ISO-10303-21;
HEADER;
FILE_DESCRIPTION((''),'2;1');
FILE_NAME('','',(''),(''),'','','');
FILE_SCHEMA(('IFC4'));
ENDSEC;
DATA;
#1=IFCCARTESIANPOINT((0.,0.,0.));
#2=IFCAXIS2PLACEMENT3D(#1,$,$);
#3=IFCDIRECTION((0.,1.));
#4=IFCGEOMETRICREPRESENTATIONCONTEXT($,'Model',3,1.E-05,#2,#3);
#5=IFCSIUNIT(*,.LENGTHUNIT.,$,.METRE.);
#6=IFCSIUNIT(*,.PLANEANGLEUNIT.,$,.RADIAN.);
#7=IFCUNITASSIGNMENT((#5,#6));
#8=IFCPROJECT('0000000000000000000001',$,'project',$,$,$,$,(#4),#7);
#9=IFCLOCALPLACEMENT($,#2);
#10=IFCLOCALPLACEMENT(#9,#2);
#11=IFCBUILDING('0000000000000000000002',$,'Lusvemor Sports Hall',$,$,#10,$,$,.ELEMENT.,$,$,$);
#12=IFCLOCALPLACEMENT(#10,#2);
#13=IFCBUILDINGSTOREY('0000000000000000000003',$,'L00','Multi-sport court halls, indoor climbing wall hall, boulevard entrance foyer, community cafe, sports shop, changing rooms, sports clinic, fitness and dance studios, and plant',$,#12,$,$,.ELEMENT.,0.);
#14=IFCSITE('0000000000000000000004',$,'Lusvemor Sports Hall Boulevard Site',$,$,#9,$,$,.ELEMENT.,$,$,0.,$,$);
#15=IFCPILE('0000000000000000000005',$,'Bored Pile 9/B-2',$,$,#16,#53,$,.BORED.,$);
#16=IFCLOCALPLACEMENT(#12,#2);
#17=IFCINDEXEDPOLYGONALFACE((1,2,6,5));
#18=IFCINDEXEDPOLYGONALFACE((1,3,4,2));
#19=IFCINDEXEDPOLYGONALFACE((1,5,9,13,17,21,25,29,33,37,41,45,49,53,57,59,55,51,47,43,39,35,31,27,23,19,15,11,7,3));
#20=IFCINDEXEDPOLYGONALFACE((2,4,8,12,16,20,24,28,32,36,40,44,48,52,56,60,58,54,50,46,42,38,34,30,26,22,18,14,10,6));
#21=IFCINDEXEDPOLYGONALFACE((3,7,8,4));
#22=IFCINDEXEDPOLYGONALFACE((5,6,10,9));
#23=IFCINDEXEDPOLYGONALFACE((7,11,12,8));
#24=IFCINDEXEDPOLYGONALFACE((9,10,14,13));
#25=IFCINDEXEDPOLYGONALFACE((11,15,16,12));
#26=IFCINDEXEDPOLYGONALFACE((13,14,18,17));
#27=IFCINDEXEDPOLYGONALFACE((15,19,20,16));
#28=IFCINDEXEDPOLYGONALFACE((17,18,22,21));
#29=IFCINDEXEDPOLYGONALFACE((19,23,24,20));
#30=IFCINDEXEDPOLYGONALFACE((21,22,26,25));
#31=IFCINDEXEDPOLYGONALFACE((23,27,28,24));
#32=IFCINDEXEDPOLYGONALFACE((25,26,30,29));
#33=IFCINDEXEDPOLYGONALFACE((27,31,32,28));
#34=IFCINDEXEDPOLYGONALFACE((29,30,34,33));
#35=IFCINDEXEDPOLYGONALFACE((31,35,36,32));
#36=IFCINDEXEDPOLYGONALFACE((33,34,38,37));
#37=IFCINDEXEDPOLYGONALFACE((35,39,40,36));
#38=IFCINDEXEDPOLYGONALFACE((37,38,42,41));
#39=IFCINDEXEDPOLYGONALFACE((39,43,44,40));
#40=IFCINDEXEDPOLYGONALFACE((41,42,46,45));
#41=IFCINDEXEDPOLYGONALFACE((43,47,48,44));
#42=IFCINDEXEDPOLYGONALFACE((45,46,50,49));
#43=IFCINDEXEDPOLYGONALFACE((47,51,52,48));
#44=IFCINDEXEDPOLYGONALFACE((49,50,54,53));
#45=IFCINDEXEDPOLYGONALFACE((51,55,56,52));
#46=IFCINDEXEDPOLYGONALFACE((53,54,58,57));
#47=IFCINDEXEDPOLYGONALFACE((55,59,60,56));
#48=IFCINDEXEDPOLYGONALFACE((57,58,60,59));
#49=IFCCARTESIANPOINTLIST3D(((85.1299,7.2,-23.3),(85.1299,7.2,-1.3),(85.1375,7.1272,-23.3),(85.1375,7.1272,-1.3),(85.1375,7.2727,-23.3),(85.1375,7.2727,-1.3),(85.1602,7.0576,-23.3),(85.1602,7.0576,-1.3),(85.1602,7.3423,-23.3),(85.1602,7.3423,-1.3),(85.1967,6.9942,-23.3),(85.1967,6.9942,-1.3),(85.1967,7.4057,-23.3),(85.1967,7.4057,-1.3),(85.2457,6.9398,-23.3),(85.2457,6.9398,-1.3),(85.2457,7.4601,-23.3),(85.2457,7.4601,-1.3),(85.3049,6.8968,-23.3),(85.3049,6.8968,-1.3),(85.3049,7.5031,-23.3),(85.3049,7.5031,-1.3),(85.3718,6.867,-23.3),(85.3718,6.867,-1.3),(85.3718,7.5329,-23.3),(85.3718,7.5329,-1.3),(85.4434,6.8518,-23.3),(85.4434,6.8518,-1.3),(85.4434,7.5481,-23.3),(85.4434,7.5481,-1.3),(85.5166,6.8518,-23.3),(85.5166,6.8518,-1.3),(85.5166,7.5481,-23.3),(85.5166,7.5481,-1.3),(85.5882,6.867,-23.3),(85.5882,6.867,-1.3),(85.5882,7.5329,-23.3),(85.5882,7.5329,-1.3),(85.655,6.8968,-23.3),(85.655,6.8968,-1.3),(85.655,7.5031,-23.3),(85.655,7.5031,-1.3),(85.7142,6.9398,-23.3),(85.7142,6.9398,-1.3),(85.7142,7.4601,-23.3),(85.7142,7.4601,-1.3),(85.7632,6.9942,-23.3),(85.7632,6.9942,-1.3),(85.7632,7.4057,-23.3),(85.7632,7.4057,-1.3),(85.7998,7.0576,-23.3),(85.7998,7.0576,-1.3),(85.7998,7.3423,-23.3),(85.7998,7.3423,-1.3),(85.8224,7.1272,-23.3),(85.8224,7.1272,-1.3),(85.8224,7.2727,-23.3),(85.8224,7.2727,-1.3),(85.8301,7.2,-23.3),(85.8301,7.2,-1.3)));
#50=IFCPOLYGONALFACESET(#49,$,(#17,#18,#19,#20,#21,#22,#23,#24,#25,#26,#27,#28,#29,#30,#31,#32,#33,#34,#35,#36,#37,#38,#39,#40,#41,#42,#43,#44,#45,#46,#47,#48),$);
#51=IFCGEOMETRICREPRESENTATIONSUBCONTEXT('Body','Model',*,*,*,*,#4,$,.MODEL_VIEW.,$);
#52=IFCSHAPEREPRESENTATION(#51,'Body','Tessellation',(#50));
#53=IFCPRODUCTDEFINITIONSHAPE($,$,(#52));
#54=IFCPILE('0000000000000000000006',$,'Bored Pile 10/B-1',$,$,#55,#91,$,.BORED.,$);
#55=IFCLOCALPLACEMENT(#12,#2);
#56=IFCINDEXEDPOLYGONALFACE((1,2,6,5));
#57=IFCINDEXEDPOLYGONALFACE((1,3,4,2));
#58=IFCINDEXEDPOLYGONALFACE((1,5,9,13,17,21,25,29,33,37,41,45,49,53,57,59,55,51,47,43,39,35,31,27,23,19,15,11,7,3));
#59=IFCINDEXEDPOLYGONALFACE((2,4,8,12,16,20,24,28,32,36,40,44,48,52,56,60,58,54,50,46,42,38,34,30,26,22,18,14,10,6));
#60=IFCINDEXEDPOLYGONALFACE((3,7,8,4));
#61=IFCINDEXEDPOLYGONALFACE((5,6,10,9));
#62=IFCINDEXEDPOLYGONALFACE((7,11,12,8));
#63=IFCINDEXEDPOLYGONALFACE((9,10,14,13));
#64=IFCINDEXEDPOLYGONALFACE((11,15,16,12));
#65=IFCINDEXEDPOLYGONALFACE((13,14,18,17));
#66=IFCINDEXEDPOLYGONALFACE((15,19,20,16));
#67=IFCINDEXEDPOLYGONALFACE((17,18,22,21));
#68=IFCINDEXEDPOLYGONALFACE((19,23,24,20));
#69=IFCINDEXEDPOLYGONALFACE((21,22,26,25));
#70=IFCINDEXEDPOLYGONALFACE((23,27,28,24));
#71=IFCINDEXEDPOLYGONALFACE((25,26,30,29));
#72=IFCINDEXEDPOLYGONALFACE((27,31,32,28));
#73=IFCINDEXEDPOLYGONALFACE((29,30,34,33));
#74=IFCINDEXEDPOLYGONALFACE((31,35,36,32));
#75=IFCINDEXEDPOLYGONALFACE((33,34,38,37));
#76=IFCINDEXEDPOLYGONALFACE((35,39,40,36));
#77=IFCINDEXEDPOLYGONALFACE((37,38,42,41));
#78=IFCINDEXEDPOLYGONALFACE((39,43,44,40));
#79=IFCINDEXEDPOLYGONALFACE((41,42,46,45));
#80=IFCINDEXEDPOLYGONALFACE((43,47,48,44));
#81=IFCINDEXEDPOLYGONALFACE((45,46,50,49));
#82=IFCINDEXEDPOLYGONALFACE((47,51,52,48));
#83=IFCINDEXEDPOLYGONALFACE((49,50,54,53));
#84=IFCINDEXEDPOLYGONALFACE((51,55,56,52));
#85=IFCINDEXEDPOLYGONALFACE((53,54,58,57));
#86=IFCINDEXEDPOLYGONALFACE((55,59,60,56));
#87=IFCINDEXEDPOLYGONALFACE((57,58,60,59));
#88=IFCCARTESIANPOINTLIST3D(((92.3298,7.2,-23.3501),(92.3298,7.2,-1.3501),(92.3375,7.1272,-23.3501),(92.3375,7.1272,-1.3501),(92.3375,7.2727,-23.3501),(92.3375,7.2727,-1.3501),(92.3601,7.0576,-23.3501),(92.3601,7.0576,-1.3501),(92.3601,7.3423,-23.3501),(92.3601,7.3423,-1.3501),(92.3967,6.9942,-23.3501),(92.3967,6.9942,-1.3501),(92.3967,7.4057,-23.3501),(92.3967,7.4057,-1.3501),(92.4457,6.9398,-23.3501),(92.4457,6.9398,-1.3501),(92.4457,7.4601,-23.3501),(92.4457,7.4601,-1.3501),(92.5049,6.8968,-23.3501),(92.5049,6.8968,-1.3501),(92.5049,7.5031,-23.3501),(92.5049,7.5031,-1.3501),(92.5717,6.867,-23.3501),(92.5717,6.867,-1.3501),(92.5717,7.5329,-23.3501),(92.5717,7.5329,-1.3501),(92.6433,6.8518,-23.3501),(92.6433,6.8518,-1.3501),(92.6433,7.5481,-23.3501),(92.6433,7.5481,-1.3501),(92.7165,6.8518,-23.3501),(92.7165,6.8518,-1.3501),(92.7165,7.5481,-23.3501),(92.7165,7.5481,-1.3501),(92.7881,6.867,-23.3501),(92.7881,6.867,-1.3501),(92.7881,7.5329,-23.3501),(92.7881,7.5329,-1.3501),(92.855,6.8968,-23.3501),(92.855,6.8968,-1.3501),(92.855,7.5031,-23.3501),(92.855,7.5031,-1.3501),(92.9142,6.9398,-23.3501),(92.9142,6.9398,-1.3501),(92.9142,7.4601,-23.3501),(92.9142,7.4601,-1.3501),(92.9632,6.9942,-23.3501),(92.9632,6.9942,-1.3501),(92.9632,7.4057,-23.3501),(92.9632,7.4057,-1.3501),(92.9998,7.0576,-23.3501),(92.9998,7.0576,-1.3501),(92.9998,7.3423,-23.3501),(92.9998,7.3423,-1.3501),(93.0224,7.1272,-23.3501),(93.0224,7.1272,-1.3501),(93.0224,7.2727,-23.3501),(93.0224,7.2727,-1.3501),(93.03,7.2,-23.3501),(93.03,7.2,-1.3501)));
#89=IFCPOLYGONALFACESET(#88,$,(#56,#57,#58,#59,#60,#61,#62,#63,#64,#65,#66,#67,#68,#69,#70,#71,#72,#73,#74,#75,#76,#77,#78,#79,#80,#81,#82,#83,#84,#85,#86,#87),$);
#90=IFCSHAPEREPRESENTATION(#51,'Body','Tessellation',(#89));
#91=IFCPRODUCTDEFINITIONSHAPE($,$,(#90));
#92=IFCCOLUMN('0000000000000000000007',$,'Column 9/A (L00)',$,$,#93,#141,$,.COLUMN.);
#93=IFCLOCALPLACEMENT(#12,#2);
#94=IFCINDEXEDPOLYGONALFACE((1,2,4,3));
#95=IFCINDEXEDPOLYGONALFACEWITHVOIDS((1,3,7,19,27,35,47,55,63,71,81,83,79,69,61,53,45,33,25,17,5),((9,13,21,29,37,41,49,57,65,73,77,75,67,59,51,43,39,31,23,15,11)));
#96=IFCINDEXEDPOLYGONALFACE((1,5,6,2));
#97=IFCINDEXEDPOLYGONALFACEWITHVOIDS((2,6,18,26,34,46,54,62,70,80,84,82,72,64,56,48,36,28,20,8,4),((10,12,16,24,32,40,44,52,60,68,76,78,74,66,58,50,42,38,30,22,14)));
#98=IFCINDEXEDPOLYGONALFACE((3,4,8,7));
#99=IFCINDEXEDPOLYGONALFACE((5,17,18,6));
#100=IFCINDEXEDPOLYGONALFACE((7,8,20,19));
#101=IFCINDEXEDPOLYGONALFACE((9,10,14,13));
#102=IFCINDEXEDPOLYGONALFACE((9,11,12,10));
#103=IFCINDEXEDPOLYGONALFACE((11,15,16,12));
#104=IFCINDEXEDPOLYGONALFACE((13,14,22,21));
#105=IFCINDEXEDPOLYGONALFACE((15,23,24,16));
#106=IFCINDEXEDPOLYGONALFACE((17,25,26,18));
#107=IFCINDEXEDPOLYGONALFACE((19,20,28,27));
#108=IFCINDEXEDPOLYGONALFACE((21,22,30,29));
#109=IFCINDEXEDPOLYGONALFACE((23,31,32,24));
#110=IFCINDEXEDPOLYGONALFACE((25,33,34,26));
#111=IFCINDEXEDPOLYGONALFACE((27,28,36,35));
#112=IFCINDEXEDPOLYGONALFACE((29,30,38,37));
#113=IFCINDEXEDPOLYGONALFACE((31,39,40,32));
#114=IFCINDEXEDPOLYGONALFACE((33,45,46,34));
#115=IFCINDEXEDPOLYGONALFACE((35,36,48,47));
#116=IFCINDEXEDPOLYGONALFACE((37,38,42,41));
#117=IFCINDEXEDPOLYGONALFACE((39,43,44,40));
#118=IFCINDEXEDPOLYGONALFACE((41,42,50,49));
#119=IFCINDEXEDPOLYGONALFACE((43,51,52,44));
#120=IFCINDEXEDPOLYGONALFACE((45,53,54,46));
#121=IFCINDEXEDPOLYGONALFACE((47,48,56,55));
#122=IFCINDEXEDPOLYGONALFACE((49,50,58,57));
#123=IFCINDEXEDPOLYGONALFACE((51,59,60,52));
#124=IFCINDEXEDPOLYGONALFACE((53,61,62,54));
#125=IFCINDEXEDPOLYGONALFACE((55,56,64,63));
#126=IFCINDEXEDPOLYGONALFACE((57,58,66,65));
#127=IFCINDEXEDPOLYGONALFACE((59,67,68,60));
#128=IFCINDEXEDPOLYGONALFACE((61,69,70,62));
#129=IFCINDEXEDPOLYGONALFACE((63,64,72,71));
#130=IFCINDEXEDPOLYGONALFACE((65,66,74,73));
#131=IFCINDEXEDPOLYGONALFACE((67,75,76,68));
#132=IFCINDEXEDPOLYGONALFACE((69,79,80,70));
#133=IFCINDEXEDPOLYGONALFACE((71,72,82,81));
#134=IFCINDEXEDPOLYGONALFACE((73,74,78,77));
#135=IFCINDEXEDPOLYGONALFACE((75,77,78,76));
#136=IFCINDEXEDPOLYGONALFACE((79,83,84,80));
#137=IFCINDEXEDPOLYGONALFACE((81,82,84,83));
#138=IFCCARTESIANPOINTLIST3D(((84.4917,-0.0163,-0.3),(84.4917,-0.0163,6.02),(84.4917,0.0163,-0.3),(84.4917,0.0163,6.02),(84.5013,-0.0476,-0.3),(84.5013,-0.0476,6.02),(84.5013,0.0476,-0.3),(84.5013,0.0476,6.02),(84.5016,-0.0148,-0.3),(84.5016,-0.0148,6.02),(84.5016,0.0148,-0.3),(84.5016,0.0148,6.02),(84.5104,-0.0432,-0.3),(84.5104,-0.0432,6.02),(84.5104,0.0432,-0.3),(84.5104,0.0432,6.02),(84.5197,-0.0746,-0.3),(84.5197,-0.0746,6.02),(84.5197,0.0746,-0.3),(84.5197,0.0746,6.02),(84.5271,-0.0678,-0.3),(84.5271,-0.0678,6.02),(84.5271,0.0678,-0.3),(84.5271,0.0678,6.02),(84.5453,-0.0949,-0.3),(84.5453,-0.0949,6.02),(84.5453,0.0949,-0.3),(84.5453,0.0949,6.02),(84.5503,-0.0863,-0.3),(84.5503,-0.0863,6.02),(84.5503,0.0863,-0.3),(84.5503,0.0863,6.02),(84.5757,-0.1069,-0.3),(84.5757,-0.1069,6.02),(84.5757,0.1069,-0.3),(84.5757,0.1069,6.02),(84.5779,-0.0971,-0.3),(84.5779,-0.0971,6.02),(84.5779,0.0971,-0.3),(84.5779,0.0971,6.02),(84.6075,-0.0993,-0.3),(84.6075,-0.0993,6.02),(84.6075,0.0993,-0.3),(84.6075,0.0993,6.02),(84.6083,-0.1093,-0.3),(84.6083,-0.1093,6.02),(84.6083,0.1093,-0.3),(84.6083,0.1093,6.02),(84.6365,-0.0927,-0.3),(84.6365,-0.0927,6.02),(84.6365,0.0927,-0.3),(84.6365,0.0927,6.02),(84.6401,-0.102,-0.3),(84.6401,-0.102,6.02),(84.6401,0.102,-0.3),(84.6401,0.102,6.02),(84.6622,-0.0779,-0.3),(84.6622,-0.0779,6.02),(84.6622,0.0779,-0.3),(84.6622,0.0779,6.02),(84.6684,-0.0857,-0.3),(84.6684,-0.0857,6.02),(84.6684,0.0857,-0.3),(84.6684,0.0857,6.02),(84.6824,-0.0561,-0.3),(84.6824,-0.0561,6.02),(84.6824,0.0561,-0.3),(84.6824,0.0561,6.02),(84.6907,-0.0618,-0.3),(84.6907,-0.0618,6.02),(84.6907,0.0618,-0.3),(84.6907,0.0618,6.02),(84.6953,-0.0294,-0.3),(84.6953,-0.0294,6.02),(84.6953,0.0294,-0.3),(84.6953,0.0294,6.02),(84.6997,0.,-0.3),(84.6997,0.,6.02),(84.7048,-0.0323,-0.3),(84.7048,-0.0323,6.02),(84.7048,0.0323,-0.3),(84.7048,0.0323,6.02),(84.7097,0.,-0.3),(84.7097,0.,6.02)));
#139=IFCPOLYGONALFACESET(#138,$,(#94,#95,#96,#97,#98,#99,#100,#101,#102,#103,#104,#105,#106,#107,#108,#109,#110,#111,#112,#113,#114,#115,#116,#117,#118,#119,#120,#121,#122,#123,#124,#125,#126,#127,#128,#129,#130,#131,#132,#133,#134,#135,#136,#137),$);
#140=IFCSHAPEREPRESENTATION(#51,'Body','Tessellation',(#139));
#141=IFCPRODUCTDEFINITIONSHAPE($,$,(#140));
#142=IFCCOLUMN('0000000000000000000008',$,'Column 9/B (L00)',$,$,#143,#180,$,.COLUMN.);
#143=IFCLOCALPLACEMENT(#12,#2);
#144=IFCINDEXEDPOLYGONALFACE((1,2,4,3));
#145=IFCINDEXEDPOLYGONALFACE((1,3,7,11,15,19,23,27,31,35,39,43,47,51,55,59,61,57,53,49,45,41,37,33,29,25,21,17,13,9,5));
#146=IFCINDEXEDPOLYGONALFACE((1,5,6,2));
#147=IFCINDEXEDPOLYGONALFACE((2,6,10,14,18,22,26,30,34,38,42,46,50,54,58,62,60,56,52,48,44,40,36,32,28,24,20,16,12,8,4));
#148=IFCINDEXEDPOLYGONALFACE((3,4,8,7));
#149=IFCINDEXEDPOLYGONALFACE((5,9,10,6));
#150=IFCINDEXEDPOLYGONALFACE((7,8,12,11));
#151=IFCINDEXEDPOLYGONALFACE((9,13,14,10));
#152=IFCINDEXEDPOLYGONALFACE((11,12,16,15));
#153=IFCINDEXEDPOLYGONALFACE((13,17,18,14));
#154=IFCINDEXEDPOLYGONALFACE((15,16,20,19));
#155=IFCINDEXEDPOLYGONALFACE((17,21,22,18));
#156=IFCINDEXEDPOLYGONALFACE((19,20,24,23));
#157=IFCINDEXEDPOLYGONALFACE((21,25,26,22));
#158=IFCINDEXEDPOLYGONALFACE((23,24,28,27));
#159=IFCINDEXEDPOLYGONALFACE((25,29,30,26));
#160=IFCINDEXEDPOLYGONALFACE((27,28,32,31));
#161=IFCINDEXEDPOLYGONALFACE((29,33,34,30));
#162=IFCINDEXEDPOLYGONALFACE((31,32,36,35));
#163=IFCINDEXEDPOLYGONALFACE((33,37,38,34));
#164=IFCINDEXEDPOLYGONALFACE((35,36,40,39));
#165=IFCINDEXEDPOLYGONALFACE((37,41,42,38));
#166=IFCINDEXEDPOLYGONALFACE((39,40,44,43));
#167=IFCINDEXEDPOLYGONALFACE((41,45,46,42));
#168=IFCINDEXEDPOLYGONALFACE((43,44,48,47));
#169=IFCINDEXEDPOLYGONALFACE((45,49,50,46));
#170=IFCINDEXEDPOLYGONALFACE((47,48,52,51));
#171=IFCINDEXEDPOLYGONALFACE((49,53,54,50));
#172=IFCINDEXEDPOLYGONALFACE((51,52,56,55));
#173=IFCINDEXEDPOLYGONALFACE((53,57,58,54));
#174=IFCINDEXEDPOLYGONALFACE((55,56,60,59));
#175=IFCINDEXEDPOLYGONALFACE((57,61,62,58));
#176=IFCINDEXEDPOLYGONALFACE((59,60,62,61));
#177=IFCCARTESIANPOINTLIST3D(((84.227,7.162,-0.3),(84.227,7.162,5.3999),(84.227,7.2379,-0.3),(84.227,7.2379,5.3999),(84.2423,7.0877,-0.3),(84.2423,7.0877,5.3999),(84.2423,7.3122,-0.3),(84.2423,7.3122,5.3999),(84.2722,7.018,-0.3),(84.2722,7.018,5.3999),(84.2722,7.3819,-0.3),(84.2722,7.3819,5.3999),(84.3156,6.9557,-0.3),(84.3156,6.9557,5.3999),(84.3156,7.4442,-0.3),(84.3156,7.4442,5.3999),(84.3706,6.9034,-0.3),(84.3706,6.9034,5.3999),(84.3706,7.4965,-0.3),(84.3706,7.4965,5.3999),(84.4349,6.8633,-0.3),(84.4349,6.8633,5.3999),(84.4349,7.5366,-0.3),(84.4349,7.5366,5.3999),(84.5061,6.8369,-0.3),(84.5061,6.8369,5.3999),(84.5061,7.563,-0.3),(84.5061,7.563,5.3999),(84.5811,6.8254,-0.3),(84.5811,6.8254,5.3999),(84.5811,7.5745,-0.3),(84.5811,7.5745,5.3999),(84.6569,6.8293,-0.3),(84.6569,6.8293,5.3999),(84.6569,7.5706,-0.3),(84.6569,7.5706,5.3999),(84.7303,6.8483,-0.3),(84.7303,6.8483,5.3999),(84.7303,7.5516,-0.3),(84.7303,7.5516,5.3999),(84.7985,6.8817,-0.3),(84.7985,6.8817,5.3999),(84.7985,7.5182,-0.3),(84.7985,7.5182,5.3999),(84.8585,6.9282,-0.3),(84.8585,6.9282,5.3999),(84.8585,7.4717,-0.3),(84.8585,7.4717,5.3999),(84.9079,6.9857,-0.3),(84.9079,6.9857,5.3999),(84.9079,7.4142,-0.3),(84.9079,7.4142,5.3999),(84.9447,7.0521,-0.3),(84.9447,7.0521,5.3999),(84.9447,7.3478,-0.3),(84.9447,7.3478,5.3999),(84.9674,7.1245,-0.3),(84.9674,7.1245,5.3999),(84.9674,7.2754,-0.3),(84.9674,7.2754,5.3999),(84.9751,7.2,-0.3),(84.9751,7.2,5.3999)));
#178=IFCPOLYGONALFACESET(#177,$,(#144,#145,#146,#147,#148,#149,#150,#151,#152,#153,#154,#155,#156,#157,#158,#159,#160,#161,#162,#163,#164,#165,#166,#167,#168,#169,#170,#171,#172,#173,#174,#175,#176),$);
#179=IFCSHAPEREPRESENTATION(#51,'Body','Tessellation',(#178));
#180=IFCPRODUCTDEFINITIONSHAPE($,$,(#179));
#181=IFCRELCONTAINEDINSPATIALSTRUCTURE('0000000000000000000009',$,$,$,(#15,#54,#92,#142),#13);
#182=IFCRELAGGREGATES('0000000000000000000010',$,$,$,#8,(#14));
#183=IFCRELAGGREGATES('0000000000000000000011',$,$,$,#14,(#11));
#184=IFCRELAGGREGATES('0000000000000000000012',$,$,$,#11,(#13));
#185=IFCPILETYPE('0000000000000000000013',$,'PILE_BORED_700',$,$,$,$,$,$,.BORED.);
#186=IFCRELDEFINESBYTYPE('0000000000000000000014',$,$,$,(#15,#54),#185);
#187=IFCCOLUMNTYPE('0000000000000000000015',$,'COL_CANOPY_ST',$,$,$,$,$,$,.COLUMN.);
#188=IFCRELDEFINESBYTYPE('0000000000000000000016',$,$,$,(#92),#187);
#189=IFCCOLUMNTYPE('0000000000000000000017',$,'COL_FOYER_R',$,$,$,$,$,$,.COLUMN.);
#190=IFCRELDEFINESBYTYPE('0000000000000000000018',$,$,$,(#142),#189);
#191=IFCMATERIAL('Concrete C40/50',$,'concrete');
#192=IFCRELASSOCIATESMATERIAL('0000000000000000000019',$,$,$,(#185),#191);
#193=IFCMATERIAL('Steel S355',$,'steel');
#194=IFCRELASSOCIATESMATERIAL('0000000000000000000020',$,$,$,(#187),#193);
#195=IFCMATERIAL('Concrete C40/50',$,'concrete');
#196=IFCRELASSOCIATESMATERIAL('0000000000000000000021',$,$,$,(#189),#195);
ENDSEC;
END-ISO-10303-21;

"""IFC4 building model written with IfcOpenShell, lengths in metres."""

from ifc_helpers import new_model, si_unit, direction, frame, origin, origin_2d, place, context, subcontext, project, spatial, circle, hollow_circle, extrude, material, material_profile, profile_set, type_object, element, save


model = new_model("IFC4")

# Units and contexts
model_context = context("Model", 3, precision=1e-05, world=origin(), true_north=direction((0.0, 1.0)))
body_context = subcontext(model_context, "Body", "Model", "MODEL_VIEW")
ifc_project = project(units=[si_unit("LENGTHUNIT", "METRE"), si_unit("PLANEANGLEUNIT", "RADIAN")], contexts=[model_context])

# Site, building, storey
site_placement = place(None, origin())
site = spatial("IfcSite", under=ifc_project, at=site_placement, Name="Lusvemor Sports Hall Boulevard Site", CompositionType="ELEMENT", RefElevation=0.0)
building_placement = place(site_placement, origin())
building = spatial("IfcBuilding", under=site, at=building_placement, Name="Lusvemor Sports Hall", CompositionType="ELEMENT")
storey_placement = place(building_placement, origin())
storey = spatial("IfcBuildingStorey", under=building, at=storey_placement, Name="L00", Description="Multi-sport court halls, indoor climbing wall hall, boulevard entrance foyer, community cafe, sports shop, changing rooms, sports clinic, fitness and dance studios, and plant", CompositionType="ELEMENT", Elevation=0.0)

# Piles
ifc_material_1 = material(Name="Concrete C40/50", Category="concrete")
ifc_material_profile_1 = material_profile(ifc_material_1, circle(Radius=0.3501, at=origin_2d()), Name="PILE700")
ifc_profile_set_1 = profile_set([ifc_material_profile_1], Name="Concrete C40/50")
pile_type = type_object("IfcPileType", Name="PILE_BORED_700", PredefinedType="BORED", material=ifc_profile_set_1)
for number, where, z_axis, x_axis, name in (
    (1, (85.48, 7.2, -1.3), (0.0, 0.0, -1.0), (1.0, 0.0, 0.0), "Bored Pile 9/B-2"),
    (2, (92.6799, 7.2, -1.3501), (0.0, 0.0, -1.0), (1.0, 0.0, 0.0), "Bored Pile 10/B-1"),
):
    element("IfcPile", number, at=place(storey_placement, frame(where, z_axis=z_axis, x_axis=x_axis)), inside=storey, type_object=pile_type, Name=name, PredefinedType="BORED", context=body_context, shape_type="SweptSolid", body=[
        extrude(circle(Radius=0.3501, at=origin_2d()), origin(), (0.0, 0.0, 1.0), 22.0),
    ])

# Columns
ifc_material_2 = material(Name="Steel S355", Category="steel")
ifc_material_profile_2 = material_profile(ifc_material_2, hollow_circle(Radius=0.1096, WallThickness=0.01, at=origin_2d()), Name="CHS219.1x10.0")
ifc_profile_set_2 = profile_set([ifc_material_profile_2], Name="Steel S355")
column_type_1 = type_object("IfcColumnType", Name="COL_CANOPY_ST", PredefinedType="COLUMN", material=ifc_profile_set_2)
column_1_placement = place(storey_placement, frame((84.6001, 0.0, -0.3), z_axis=(0.0, 0.0, 1.0), x_axis=(1.0, 0.0, 0.0)))
element("IfcColumn", 3, at=column_1_placement, inside=storey, type_object=column_type_1, Name="Column 9/A (L00)", PredefinedType="COLUMN", context=body_context, shape_type="SweptSolid", body=[
    extrude(hollow_circle(Radius=0.1096, WallThickness=0.01, at=origin_2d()), origin(), (0.0, 0.0, 1.0), 6.3201),
])
ifc_material_3 = material(Name="Concrete C40/50", Category="concrete")
ifc_material_profile_3 = material_profile(ifc_material_3, circle(Radius=0.375, at=origin_2d()), Name="RCCIRC750")
ifc_profile_set_3 = profile_set([ifc_material_profile_3], Name="Concrete C40/50")
column_type_2 = type_object("IfcColumnType", Name="COL_FOYER_R", PredefinedType="COLUMN", material=ifc_profile_set_3)
column_2_placement = place(storey_placement, frame((84.6001, 7.2, -0.3), z_axis=(0.0, 0.0, 1.0), x_axis=(1.0, 0.0, 0.0)))
element("IfcColumn", 4, at=column_2_placement, inside=storey, type_object=column_type_2, Name="Column 9/B (L00)", PredefinedType="COLUMN", context=body_context, shape_type="SweptSolid", body=[
    extrude(circle(Radius=0.375, at=origin_2d()), origin(), (0.0, 0.0, 1.0), 5.7),
])

save(model, "model.ifc")
